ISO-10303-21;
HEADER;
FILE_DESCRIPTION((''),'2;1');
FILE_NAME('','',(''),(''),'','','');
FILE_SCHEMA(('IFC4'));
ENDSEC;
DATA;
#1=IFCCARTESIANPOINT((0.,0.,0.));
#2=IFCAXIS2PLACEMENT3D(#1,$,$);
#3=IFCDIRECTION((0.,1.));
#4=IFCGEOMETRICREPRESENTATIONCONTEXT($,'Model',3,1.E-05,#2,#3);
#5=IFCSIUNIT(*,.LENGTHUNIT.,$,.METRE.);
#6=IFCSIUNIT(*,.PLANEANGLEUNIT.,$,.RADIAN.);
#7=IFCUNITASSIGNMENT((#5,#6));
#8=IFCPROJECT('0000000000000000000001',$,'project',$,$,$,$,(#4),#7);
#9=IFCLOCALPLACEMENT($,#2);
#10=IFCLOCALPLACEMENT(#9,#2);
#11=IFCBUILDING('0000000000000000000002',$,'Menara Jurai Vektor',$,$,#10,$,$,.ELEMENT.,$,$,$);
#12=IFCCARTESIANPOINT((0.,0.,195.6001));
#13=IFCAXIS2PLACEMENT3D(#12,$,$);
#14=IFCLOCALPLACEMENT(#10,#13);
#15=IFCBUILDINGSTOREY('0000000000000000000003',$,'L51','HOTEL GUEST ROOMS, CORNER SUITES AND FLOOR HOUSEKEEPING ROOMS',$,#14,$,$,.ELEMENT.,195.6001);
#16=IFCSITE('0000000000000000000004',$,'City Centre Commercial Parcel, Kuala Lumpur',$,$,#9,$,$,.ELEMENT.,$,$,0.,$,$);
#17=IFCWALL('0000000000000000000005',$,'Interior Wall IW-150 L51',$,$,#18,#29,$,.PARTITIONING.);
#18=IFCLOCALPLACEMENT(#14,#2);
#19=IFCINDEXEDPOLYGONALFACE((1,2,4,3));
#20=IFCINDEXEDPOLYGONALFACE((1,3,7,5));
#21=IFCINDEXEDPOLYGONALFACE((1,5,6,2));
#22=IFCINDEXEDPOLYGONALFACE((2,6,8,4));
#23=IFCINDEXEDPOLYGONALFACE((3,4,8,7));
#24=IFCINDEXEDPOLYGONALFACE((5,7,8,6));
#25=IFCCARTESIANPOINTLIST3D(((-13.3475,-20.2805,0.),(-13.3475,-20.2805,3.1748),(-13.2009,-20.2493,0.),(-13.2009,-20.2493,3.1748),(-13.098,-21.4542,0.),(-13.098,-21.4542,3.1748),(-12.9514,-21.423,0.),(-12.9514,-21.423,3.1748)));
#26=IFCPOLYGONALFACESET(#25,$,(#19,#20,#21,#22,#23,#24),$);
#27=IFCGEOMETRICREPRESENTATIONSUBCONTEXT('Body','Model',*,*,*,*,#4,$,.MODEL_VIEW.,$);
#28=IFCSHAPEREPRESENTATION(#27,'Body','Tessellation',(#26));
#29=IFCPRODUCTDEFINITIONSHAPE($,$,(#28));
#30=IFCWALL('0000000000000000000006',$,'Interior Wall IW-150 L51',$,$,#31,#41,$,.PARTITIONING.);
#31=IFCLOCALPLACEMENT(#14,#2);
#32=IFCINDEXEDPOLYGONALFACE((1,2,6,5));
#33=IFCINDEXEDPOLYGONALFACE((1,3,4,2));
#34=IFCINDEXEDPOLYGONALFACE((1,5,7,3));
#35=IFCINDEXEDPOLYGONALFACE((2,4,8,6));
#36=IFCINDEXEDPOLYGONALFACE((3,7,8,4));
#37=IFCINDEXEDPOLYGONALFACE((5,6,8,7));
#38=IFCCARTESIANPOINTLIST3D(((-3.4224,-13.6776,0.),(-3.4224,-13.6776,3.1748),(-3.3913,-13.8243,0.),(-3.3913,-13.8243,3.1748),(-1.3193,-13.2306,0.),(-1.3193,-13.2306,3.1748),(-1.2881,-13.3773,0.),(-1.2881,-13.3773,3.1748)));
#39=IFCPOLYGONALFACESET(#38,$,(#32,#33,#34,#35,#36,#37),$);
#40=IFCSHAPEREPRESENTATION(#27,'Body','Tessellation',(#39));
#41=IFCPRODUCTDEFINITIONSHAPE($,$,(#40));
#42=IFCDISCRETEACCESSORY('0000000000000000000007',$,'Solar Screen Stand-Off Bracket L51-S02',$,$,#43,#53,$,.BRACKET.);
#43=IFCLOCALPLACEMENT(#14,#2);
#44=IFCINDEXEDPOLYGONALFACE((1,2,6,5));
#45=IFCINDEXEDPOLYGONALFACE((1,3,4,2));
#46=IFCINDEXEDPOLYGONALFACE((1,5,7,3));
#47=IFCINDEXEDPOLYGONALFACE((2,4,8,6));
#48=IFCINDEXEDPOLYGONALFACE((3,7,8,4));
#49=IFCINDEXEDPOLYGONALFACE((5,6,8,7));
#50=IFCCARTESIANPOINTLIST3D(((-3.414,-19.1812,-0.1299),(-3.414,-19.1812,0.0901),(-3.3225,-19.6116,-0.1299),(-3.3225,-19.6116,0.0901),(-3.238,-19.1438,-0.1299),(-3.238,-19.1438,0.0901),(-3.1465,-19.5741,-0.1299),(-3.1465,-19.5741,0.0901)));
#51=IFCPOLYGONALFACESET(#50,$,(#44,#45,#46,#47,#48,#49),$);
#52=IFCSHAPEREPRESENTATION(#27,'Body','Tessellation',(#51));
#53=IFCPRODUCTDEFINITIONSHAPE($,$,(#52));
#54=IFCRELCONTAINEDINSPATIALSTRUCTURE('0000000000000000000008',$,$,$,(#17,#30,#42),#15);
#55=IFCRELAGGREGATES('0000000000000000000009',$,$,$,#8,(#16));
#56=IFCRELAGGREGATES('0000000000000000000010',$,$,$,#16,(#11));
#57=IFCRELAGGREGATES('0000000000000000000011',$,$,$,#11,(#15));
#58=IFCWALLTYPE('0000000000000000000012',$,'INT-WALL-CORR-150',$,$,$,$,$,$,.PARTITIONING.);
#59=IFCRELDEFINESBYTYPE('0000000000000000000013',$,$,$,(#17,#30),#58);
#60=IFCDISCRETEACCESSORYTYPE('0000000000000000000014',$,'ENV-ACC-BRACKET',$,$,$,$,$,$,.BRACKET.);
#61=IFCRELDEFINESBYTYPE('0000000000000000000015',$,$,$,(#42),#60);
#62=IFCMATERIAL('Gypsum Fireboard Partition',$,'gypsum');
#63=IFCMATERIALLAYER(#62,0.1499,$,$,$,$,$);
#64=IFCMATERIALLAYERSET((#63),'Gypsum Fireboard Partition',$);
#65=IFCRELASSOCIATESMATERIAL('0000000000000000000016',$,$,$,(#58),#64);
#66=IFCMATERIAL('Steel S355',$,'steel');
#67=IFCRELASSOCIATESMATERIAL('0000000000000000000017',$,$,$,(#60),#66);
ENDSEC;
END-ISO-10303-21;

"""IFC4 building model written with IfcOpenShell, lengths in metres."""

from ifc_helpers import new_model, si_unit, direction, frame, frame_2d, origin, origin_2d, place, context, subcontext, project, spatial, rectangle, extrude, material, layer, layer_set, type_object, element, save


model = new_model("IFC4")

# Units and contexts
model_context = context("Model", 3, precision=1e-05, world=origin(), true_north=direction((0.0, 1.0)))
body_context = subcontext(model_context, "Body", "Model", "MODEL_VIEW")
ifc_project = project(units=[si_unit("LENGTHUNIT", "METRE"), si_unit("PLANEANGLEUNIT", "RADIAN")], contexts=[model_context])

# Site, building, storey
site_placement = place(None, origin())
site = spatial("IfcSite", under=ifc_project, at=site_placement, Name="City Centre Commercial Parcel, Kuala Lumpur", CompositionType="ELEMENT", RefElevation=0.0)
building_placement = place(site_placement, origin())
building = spatial("IfcBuilding", under=site, at=building_placement, Name="Menara Jurai Vektor", CompositionType="ELEMENT")
storey_placement = place(building_placement, frame((0.0, 0.0, 195.6001)))
storey = spatial("IfcBuildingStorey", under=building, at=storey_placement, Name="L51", Description="HOTEL GUEST ROOMS, CORNER SUITES AND FLOOR HOUSEKEEPING ROOMS", CompositionType="ELEMENT", Elevation=195.6001)

# Shared definitions
ifc_material_1 = material(Name="Steel S355", Category="steel")

# Shared definitions
ifc_material_2 = material(Name="Gypsum Fireboard Partition", Category="gypsum")
ifc_layer_1 = layer(ifc_material_2, 0.1499)
ifc_layer_set_1 = layer_set([ifc_layer_1], Name="Gypsum Fireboard Partition")
wall_type = type_object("IfcWallType", Name="INT-WALL-CORR-150", PredefinedType="PARTITIONING", material=ifc_layer_set_1)

# Walls
wall_1_placement = place(storey_placement, frame((-13.0247, -21.4387, 0.0), z_axis=(0.0, 0.0, 1.0), x_axis=(-0.207917, 0.978146, 0.0)))
element("IfcWall", 1, at=wall_1_placement, inside=storey, type_object=wall_type, Name="Interior Wall IW-150 L51", PredefinedType="PARTITIONING", context=body_context, shape_type="SweptSolid", body=[
    extrude(rectangle(XDim=1.2, YDim=0.1499, at=frame_2d((0.6001, 0.0))), origin(), (0.0, 0.0, 1.0), 3.1748),
])
wall_2_placement = place(storey_placement, frame((-3.407, -13.751, 0.0), z_axis=(0.0, 0.0, 1.0), x_axis=(0.978152, 0.207893, 0.0)))
element("IfcWall", 2, at=wall_2_placement, inside=storey, type_object=wall_type, Name="Interior Wall IW-150 L51", PredefinedType="PARTITIONING", context=body_context, shape_type="SweptSolid", body=[
    extrude(rectangle(XDim=2.1501, YDim=0.1499, at=frame_2d((1.0752, 0.0))), origin(), (0.0, 0.0, 1.0), 3.1748),
])

# Discrete accessory
discrete_accessory_type = type_object("IfcDiscreteAccessoryType", Name="ENV-ACC-BRACKET", PredefinedType="BRACKET", material=ifc_material_1)
discrete_accessory_placement = place(storey_placement, frame((-3.2803, -19.3777, -0.1299), z_axis=(0.0, 0.0, 1.0), x_axis=(0.978148, 0.207912, 0.0)))
element("IfcDiscreteAccessory", 3, at=discrete_accessory_placement, inside=storey, type_object=discrete_accessory_type, Name="Solar Screen Stand-Off Bracket L51-S02", PredefinedType="BRACKET", context=body_context, shape_type="SweptSolid", body=[
    extrude(rectangle(XDim=0.1799, YDim=0.4399, at=origin_2d()), origin(), (0.0, 0.0, 1.0), 0.22),
])

save(model, "model.ifc")
